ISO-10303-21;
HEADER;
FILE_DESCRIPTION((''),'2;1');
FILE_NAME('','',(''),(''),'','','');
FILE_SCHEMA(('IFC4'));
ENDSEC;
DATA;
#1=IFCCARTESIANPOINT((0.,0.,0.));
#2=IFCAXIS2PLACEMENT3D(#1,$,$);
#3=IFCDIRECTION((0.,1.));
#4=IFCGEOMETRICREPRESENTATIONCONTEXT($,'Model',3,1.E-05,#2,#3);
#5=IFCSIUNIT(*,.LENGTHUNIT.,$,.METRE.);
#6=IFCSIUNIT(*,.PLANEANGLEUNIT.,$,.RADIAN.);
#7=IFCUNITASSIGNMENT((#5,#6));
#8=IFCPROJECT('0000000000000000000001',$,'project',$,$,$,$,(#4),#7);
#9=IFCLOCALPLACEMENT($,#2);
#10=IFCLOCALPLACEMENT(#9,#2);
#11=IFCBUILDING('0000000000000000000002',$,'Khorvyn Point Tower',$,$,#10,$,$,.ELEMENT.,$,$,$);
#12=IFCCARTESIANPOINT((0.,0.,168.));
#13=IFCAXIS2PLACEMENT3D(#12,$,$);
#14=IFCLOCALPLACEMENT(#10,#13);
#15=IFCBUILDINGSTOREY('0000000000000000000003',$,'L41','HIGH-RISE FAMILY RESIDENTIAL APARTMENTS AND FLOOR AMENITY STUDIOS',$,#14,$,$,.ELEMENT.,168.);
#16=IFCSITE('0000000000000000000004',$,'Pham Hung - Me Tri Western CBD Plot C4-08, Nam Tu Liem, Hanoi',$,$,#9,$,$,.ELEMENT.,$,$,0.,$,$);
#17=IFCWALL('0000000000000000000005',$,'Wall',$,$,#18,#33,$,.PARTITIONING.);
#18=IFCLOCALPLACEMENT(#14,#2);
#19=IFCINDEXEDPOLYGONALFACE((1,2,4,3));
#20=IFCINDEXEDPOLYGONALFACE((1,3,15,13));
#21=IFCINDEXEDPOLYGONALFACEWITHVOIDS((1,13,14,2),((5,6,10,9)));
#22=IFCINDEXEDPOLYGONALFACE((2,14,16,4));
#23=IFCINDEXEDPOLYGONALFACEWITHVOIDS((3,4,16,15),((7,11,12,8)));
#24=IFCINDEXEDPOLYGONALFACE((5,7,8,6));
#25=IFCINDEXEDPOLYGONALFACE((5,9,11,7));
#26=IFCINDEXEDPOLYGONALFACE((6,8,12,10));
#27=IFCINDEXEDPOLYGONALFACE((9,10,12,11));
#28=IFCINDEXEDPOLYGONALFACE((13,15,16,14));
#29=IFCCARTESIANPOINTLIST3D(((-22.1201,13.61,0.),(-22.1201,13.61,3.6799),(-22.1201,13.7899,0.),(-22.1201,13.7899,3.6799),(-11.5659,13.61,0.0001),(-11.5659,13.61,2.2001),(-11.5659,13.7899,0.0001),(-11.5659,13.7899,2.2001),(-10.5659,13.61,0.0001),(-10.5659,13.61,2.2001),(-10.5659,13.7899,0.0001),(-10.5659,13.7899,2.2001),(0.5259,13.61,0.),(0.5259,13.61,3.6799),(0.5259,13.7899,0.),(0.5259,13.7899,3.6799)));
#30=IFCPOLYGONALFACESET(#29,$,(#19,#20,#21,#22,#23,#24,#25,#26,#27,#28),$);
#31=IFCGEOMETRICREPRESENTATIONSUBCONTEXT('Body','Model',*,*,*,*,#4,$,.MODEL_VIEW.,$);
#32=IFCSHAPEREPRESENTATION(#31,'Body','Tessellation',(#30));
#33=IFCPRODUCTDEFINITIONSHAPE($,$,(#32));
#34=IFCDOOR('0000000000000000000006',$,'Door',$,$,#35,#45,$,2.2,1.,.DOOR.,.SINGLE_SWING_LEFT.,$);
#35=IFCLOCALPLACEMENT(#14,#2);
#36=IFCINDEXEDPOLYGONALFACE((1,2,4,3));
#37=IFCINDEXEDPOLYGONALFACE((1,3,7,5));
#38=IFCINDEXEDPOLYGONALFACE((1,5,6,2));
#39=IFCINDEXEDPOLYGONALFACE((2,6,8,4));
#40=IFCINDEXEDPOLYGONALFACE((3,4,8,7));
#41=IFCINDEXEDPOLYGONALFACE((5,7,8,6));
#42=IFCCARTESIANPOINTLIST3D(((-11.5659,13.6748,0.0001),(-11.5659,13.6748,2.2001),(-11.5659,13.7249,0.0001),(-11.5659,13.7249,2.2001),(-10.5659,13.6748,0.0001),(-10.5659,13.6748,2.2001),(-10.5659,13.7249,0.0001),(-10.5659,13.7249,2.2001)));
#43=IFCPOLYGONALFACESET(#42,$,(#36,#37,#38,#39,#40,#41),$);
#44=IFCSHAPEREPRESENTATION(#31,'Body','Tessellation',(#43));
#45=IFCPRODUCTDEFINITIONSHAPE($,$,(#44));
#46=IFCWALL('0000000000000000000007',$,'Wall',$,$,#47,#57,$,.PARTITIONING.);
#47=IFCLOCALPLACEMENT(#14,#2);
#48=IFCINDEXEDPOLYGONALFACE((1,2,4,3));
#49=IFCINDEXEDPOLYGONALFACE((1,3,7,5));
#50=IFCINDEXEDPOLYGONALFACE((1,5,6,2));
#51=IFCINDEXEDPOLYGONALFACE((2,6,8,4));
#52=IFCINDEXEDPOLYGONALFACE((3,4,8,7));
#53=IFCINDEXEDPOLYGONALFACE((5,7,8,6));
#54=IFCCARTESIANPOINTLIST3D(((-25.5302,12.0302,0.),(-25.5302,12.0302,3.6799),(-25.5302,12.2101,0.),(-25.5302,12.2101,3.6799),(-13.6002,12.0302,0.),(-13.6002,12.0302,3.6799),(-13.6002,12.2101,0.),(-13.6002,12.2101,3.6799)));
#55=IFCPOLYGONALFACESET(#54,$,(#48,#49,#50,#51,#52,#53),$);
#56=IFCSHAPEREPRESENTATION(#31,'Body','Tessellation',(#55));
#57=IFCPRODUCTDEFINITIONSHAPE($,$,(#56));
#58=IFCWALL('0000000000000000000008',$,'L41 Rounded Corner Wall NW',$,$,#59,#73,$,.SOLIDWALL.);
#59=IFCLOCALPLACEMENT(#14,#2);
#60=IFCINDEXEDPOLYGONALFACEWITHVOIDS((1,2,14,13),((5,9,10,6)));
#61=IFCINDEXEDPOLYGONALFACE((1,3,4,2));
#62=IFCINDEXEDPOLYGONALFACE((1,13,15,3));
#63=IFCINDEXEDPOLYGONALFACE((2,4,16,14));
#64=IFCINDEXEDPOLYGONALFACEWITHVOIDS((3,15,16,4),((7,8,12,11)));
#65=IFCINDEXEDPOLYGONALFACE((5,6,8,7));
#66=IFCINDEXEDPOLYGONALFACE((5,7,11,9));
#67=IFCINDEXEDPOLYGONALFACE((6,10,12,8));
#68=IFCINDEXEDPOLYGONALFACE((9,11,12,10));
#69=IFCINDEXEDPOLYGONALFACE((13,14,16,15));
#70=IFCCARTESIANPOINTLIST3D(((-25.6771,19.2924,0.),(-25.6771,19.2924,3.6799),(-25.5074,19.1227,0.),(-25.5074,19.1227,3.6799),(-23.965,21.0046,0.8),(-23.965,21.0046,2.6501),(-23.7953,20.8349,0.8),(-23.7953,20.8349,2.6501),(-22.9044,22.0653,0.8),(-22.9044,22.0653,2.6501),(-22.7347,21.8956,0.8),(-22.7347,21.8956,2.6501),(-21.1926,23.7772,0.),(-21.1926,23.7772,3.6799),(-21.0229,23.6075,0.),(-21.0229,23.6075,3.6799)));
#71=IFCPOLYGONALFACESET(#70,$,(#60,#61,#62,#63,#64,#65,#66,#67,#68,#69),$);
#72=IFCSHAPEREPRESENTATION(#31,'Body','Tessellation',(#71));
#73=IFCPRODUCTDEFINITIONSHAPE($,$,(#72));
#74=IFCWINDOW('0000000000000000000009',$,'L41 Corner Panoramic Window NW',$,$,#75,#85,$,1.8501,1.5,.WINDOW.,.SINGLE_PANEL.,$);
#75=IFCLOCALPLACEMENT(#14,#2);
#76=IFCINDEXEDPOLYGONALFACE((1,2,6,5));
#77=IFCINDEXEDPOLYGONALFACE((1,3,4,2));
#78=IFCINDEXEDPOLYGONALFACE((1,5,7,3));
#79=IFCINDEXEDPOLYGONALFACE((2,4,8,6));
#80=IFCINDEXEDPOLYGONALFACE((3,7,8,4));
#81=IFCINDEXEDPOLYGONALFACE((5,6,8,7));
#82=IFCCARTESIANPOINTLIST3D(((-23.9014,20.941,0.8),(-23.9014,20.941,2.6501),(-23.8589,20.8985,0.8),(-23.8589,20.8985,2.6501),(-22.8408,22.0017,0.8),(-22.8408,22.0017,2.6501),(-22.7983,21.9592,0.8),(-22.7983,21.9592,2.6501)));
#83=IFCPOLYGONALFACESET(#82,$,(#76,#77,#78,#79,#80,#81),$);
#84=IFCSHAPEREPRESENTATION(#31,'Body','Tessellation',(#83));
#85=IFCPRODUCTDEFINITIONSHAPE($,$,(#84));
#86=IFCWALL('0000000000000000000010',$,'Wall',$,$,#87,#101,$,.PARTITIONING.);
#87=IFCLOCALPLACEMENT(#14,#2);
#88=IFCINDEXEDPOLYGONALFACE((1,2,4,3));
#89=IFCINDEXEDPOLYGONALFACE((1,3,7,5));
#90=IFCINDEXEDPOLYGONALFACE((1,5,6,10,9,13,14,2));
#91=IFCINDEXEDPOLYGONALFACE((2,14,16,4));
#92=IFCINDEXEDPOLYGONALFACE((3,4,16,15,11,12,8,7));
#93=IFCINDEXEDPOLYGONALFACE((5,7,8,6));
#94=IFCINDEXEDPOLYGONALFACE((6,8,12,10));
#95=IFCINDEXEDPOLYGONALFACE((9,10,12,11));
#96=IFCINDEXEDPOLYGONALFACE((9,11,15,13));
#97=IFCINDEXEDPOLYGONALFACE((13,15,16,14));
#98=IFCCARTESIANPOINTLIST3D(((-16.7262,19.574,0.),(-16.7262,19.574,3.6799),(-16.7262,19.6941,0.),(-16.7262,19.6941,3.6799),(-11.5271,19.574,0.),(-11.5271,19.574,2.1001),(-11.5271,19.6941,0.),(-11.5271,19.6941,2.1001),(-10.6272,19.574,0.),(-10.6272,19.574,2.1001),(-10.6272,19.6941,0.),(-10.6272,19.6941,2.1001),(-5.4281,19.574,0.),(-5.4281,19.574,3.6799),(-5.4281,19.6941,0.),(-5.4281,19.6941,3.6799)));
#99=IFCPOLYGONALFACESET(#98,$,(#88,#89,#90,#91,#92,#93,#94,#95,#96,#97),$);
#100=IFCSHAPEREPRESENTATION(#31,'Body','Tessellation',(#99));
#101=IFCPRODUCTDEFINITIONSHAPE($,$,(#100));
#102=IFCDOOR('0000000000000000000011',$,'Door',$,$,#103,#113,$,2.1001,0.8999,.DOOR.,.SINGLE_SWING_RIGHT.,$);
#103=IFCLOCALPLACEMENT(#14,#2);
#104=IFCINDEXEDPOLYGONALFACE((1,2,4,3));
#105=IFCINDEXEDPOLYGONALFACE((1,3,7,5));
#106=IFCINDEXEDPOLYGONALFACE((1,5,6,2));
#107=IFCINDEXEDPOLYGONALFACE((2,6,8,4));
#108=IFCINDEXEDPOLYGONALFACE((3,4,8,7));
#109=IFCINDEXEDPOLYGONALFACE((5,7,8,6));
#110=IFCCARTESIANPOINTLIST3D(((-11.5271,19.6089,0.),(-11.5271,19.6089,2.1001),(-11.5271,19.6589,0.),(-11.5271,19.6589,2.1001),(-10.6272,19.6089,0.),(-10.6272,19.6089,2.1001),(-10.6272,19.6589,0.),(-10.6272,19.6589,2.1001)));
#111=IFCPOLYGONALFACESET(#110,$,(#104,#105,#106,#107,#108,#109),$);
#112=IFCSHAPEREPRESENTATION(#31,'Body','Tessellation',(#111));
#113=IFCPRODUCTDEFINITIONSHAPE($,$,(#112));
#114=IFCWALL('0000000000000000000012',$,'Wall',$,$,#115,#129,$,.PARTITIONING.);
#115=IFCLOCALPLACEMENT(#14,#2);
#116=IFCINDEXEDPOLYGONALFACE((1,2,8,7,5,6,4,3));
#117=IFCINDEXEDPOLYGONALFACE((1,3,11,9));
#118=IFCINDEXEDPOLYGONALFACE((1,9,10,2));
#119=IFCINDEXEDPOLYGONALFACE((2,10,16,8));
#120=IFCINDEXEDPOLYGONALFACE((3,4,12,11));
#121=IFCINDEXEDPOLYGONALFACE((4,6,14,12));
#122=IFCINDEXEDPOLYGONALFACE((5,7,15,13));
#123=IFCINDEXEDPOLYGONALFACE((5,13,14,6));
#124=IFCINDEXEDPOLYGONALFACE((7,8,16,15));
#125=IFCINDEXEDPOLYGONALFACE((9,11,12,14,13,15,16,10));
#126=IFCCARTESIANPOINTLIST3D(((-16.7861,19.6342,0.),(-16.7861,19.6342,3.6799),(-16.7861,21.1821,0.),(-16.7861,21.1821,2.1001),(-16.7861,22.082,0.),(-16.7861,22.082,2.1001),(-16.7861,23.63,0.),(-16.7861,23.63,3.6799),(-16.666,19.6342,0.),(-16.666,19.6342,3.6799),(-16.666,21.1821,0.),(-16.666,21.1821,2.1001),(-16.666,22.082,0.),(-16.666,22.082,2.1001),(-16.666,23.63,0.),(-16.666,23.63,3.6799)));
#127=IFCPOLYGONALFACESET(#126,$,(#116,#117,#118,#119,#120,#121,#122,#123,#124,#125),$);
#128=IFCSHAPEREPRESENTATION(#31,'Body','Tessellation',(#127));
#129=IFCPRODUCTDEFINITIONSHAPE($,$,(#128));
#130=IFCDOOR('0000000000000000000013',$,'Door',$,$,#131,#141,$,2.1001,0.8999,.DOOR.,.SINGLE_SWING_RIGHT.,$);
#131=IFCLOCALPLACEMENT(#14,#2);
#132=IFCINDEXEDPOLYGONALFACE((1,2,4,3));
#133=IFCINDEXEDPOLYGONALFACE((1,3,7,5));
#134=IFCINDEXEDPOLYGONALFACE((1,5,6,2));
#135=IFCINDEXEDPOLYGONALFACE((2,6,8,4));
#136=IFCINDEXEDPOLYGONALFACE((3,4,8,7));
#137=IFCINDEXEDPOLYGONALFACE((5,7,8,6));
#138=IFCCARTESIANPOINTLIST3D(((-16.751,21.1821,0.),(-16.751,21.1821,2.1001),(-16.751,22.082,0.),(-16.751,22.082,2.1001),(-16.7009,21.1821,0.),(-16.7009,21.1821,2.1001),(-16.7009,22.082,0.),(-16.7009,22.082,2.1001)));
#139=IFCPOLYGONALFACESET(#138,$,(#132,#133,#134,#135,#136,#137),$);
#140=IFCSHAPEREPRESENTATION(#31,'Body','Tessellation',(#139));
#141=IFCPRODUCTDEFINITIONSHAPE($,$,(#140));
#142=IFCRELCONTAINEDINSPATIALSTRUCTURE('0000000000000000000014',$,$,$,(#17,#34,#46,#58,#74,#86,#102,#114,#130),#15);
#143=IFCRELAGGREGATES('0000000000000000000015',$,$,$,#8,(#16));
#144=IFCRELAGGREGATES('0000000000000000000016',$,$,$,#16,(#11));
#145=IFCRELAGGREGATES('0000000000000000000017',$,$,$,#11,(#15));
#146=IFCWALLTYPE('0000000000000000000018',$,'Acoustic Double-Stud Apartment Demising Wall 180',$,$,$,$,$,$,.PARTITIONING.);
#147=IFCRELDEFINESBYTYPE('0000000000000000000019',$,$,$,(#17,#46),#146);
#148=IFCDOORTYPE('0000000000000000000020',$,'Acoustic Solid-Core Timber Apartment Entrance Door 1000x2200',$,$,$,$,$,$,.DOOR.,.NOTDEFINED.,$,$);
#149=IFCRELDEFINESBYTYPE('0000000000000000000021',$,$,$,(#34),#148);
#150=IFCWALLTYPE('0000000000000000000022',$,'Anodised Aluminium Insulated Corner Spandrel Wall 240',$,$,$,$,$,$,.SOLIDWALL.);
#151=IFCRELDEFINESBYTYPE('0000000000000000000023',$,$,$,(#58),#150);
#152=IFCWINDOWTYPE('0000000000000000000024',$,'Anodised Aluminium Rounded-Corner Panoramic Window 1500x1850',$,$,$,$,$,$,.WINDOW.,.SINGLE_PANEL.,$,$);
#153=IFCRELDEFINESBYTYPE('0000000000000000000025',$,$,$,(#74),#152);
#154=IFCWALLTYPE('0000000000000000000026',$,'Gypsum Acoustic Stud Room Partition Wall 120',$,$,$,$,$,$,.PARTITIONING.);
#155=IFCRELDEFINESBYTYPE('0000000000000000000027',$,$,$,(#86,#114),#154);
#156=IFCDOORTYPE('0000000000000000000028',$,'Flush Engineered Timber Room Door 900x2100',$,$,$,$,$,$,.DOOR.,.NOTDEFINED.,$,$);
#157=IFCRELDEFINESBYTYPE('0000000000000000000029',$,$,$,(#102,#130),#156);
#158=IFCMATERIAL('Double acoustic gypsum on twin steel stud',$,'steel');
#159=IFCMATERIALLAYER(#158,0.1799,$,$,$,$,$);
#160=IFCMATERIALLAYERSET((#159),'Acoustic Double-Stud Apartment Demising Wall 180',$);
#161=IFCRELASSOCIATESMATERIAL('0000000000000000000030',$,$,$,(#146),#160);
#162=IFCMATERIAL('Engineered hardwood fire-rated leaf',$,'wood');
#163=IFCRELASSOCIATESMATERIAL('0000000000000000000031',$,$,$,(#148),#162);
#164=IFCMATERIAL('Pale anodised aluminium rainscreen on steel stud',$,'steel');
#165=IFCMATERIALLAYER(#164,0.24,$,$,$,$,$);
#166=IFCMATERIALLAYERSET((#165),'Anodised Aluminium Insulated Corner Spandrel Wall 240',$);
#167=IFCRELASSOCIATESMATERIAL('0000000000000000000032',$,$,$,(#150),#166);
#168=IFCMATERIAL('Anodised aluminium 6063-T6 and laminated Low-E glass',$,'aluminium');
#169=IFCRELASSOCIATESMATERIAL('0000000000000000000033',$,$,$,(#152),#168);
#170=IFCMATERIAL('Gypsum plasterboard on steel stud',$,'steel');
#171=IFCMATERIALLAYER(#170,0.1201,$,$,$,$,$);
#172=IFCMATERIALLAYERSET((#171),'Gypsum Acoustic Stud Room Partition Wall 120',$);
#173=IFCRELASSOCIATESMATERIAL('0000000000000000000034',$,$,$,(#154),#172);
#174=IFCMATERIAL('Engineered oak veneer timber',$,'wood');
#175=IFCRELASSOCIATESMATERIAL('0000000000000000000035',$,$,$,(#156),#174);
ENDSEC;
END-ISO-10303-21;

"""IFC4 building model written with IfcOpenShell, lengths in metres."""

from ifc_helpers import new_model, si_unit, direction, frame, frame_2d, origin, place, context, subcontext, project, spatial, rectangle, extrude, material, layer, layer_set, type_object, element, fill, save


model = new_model("IFC4")

# Units and contexts
model_context = context("Model", 3, precision=1e-05, world=origin(), true_north=direction((0.0, 1.0)))
body_context = subcontext(model_context, "Body", "Model", "MODEL_VIEW")
ifc_project = project(units=[si_unit("LENGTHUNIT", "METRE"), si_unit("PLANEANGLEUNIT", "RADIAN")], contexts=[model_context])

# Site, building, storey
site_placement = place(None, origin())
site = spatial("IfcSite", under=ifc_project, at=site_placement, Name="Pham Hung - Me Tri Western CBD Plot C4-08, Nam Tu Liem, Hanoi", CompositionType="ELEMENT", RefElevation=0.0)
building_placement = place(site_placement, origin())
building = spatial("IfcBuilding", under=site, at=building_placement, Name="Khorvyn Point Tower", CompositionType="ELEMENT")
storey_placement = place(building_placement, frame((0.0, 0.0, 168.0)))
storey = spatial("IfcBuildingStorey", under=building, at=storey_placement, Name="L41", Description="HIGH-RISE FAMILY RESIDENTIAL APARTMENTS AND FLOOR AMENITY STUDIOS", CompositionType="ELEMENT", Elevation=168.0)

# Shared definitions
ifc_material_1 = material(Name="Anodised aluminium 6063-T6 and laminated Low-E glass", Category="aluminium")

# Wall, opening, door
ifc_material_2 = material(Name="Double acoustic gypsum on twin steel stud", Category="steel")
ifc_layer_1 = layer(ifc_material_2, 0.1799)
ifc_layer_set_1 = layer_set([ifc_layer_1], Name="Acoustic Double-Stud Apartment Demising Wall 180")
wall_type_1 = type_object("IfcWallType", Name="Acoustic Double-Stud Apartment Demising Wall 180", PredefinedType="PARTITIONING", material=ifc_layer_set_1)
wall_1_placement = place(storey_placement, frame((-22.1201, 13.7, 0.0), z_axis=(0.0, 0.0, 1.0), x_axis=(1.0, 0.0, 0.0)))
wall_1 = element("IfcWall", 1, at=wall_1_placement, inside=storey, type_object=wall_type_1, Name="Wall", PredefinedType="PARTITIONING", context=body_context, shape_type="SweptSolid", body=[
    extrude(rectangle(XDim=22.646, YDim=0.1799, at=frame_2d((11.323, 0.0))), origin(), (0.0, 0.0, 1.0), 3.6799),
])
opening_1_placement = place(wall_1_placement, frame((10.5542, 0.0, 0.0)))
opening_1 = element("IfcOpeningElement", 2, at=opening_1_placement, cuts=wall_1, PredefinedType="OPENING", context=body_context, shape_type="SweptSolid", body=[
    extrude(rectangle(XDim=1.0, YDim=2.2, at=frame_2d((0.5, 1.1001))), frame((0.0, 0.0999, 0.0), z_axis=(0.0, -1.0, 0.0), x_axis=(1.0, 0.0, 0.0)), (0.0, 0.0, 1.0), 0.2),
])
ifc_material_3 = material(Name="Engineered hardwood fire-rated leaf", Category="wood")
door_type_1 = type_object("IfcDoorType", Name="Acoustic Solid-Core Timber Apartment Entrance Door 1000x2200", OperationType="NOTDEFINED", PredefinedType="DOOR", material=ifc_material_3)
door_1_placement = place(opening_1_placement, origin())
door_1 = element("IfcDoor", 3, at=door_1_placement, inside=storey, type_object=door_type_1, Name="Door", OperationType="SINGLE_SWING_LEFT", OverallHeight=2.2, OverallWidth=1.0, PredefinedType="DOOR", context=body_context, shape_type="SweptSolid", body=[
    extrude(rectangle(XDim=1.0, YDim=2.2, at=frame_2d((0.5, 1.1001))), frame((0.0, 0.0249, 0.0), z_axis=(0.0, -1.0, 0.0), x_axis=(1.0, 0.0, 0.0)), (0.0, 0.0, 1.0), 0.05),
])
fill(opening_1, door_1)

# Wall
wall_2_placement = place(storey_placement, frame((-25.53, 12.1201, 0.0), z_axis=(0.0, 0.0, 1.0), x_axis=(1.0, 0.0, 0.0)))
element("IfcWall", 4, at=wall_2_placement, inside=storey, type_object=wall_type_1, Name="Wall", PredefinedType="PARTITIONING", context=body_context, shape_type="SweptSolid", body=[
    extrude(rectangle(XDim=11.9299, YDim=0.1799, at=frame_2d((5.9648, 0.0))), origin(), (0.0, 0.0, 1.0), 3.6799),
])

# Wall, opening, window
ifc_material_4 = material(Name="Pale anodised aluminium rainscreen on steel stud", Category="steel")
ifc_layer_2 = layer(ifc_material_4, 0.24)
ifc_layer_set_2 = layer_set([ifc_layer_2], Name="Anodised Aluminium Insulated Corner Spandrel Wall 240")
wall_type_2 = type_object("IfcWallType", Name="Anodised Aluminium Insulated Corner Spandrel Wall 240", PredefinedType="SOLIDWALL", material=ifc_layer_set_2)
wall_3_placement = place(storey_placement, frame((-25.5923, 19.2075, 0.0), z_axis=(0.0, 0.0, 1.0), x_axis=(0.707088, 0.707126, 0.0)))
wall_3 = element("IfcWall", 5, at=wall_3_placement, inside=storey, type_object=wall_type_2, Name="L41 Rounded Corner Wall NW", PredefinedType="SOLIDWALL", context=body_context, shape_type="SweptSolid", body=[
    extrude(rectangle(XDim=6.3423, YDim=0.24, at=frame_2d((3.1711, 0.0))), origin(), (0.0, 0.0, 1.0), 3.6799),
])
opening_2_placement = place(wall_3_placement, frame((2.4214, 0.0, 0.8)))
opening_2 = element("IfcOpeningElement", 6, at=opening_2_placement, cuts=wall_3, PredefinedType="OPENING", context=body_context, shape_type="SweptSolid", body=[
    extrude(rectangle(XDim=1.5, YDim=1.8501, at=frame_2d((0.75, 0.925))), frame((0.0, 0.1299, 0.0), z_axis=(0.0, -1.0, 0.0), x_axis=(1.0, 0.0, 0.0)), (0.0, 0.0, 1.0), 0.26),
])
window_type = type_object("IfcWindowType", Name="Anodised Aluminium Rounded-Corner Panoramic Window 1500x1850", PartitioningType="SINGLE_PANEL", PredefinedType="WINDOW", material=ifc_material_1)
window_placement = place(opening_2_placement, origin())
window = element("IfcWindow", 7, at=window_placement, inside=storey, type_object=window_type, Name="L41 Corner Panoramic Window NW", OverallHeight=1.8501, OverallWidth=1.5, PartitioningType="SINGLE_PANEL", PredefinedType="WINDOW", context=body_context, shape_type="SweptSolid", body=[
    extrude(rectangle(XDim=1.5, YDim=1.8501, at=frame_2d((0.75, 0.925))), frame((0.0, 0.03, 0.0), z_axis=(0.0, -1.0, 0.0), x_axis=(1.0, 0.0, 0.0)), (0.0, 0.0, 1.0), 0.0601),
])
fill(opening_2, window)

# Walls, openings, doors
ifc_material_5 = material(Name="Gypsum plasterboard on steel stud", Category="steel")
ifc_layer_3 = layer(ifc_material_5, 0.1201)
ifc_layer_set_3 = layer_set([ifc_layer_3], Name="Gypsum Acoustic Stud Room Partition Wall 120")
wall_type_3 = type_object("IfcWallType", Name="Gypsum Acoustic Stud Room Partition Wall 120", PredefinedType="PARTITIONING", material=ifc_layer_set_3)
wall_4_placement = place(storey_placement, frame((-16.7261, 19.634, 0.0), z_axis=(0.0, 0.0, 1.0), x_axis=(1.0, 0.0, 0.0)))
wall_4 = element("IfcWall", 8, at=wall_4_placement, inside=storey, type_object=wall_type_3, Name="Wall", PredefinedType="PARTITIONING", context=body_context, shape_type="SweptSolid", body=[
    extrude(rectangle(XDim=11.2981, YDim=0.1201, at=frame_2d((5.6489, 0.0))), origin(), (0.0, 0.0, 1.0), 3.6799),
])
opening_3_placement = place(wall_4_placement, frame((5.199, 0.0, 0.0)))
opening_3 = element("IfcOpeningElement", 9, at=opening_3_placement, cuts=wall_4, PredefinedType="OPENING", context=body_context, shape_type="SweptSolid", body=[
    extrude(rectangle(XDim=0.8999, YDim=2.1001, at=frame_2d((0.45, 1.05))), frame((0.0, 0.0701, 0.0), z_axis=(0.0, -1.0, 0.0), x_axis=(1.0, 0.0, 0.0)), (0.0, 0.0, 1.0), 0.1401),
])
ifc_material_6 = material(Name="Engineered oak veneer timber", Category="wood")
door_type_2 = type_object("IfcDoorType", Name="Flush Engineered Timber Room Door 900x2100", OperationType="NOTDEFINED", PredefinedType="DOOR", material=ifc_material_6)
door_2_placement = place(opening_3_placement, origin())
door_2 = element("IfcDoor", 10, at=door_2_placement, inside=storey, type_object=door_type_2, Name="Door", OperationType="SINGLE_SWING_RIGHT", OverallHeight=2.1001, OverallWidth=0.8999, PredefinedType="DOOR", context=body_context, shape_type="SweptSolid", body=[
    extrude(rectangle(XDim=0.8999, YDim=2.1001, at=frame_2d((0.45, 1.05))), frame((0.0, 0.0249, 0.0), z_axis=(0.0, -1.0, 0.0), x_axis=(1.0, 0.0, 0.0)), (0.0, 0.0, 1.0), 0.05),
])
fill(opening_3, door_2)
wall_5_placement = place(storey_placement, frame((-16.7261, 19.634, 0.0), z_axis=(0.0, 0.0, 1.0), x_axis=(0.0, 1.0, 0.0)))
wall_5 = element("IfcWall", 11, at=wall_5_placement, inside=storey, type_object=wall_type_3, Name="Wall", PredefinedType="PARTITIONING", context=body_context, shape_type="SweptSolid", body=[
    extrude(rectangle(XDim=3.9958, YDim=0.1201, at=frame_2d((1.998, 0.0))), origin(), (0.0, 0.0, 1.0), 3.6799),
])
opening_4_placement = place(wall_5_placement, frame((1.5481, 0.0, 0.0)))
opening_4 = element("IfcOpeningElement", 12, at=opening_4_placement, cuts=wall_5, PredefinedType="OPENING", context=body_context, shape_type="SweptSolid", body=[
    extrude(rectangle(XDim=0.8999, YDim=2.1001, at=frame_2d((0.45, 1.05))), frame((0.0, 0.0701, 0.0), z_axis=(0.0, -1.0, 0.0), x_axis=(1.0, 0.0, 0.0)), (0.0, 0.0, 1.0), 0.1401),
])
door_3_placement = place(opening_4_placement, origin())
door_3 = element("IfcDoor", 13, at=door_3_placement, inside=storey, type_object=door_type_2, Name="Door", OperationType="SINGLE_SWING_RIGHT", OverallHeight=2.1001, OverallWidth=0.8999, PredefinedType="DOOR", context=body_context, shape_type="SweptSolid", body=[
    extrude(rectangle(XDim=0.8999, YDim=2.1001, at=frame_2d((0.45, 1.05))), frame((0.0, 0.0249, 0.0), z_axis=(0.0, -1.0, 0.0), x_axis=(1.0, 0.0, 0.0)), (0.0, 0.0, 1.0), 0.05),
])
fill(opening_4, door_3)

save(model, "model.ifc")
